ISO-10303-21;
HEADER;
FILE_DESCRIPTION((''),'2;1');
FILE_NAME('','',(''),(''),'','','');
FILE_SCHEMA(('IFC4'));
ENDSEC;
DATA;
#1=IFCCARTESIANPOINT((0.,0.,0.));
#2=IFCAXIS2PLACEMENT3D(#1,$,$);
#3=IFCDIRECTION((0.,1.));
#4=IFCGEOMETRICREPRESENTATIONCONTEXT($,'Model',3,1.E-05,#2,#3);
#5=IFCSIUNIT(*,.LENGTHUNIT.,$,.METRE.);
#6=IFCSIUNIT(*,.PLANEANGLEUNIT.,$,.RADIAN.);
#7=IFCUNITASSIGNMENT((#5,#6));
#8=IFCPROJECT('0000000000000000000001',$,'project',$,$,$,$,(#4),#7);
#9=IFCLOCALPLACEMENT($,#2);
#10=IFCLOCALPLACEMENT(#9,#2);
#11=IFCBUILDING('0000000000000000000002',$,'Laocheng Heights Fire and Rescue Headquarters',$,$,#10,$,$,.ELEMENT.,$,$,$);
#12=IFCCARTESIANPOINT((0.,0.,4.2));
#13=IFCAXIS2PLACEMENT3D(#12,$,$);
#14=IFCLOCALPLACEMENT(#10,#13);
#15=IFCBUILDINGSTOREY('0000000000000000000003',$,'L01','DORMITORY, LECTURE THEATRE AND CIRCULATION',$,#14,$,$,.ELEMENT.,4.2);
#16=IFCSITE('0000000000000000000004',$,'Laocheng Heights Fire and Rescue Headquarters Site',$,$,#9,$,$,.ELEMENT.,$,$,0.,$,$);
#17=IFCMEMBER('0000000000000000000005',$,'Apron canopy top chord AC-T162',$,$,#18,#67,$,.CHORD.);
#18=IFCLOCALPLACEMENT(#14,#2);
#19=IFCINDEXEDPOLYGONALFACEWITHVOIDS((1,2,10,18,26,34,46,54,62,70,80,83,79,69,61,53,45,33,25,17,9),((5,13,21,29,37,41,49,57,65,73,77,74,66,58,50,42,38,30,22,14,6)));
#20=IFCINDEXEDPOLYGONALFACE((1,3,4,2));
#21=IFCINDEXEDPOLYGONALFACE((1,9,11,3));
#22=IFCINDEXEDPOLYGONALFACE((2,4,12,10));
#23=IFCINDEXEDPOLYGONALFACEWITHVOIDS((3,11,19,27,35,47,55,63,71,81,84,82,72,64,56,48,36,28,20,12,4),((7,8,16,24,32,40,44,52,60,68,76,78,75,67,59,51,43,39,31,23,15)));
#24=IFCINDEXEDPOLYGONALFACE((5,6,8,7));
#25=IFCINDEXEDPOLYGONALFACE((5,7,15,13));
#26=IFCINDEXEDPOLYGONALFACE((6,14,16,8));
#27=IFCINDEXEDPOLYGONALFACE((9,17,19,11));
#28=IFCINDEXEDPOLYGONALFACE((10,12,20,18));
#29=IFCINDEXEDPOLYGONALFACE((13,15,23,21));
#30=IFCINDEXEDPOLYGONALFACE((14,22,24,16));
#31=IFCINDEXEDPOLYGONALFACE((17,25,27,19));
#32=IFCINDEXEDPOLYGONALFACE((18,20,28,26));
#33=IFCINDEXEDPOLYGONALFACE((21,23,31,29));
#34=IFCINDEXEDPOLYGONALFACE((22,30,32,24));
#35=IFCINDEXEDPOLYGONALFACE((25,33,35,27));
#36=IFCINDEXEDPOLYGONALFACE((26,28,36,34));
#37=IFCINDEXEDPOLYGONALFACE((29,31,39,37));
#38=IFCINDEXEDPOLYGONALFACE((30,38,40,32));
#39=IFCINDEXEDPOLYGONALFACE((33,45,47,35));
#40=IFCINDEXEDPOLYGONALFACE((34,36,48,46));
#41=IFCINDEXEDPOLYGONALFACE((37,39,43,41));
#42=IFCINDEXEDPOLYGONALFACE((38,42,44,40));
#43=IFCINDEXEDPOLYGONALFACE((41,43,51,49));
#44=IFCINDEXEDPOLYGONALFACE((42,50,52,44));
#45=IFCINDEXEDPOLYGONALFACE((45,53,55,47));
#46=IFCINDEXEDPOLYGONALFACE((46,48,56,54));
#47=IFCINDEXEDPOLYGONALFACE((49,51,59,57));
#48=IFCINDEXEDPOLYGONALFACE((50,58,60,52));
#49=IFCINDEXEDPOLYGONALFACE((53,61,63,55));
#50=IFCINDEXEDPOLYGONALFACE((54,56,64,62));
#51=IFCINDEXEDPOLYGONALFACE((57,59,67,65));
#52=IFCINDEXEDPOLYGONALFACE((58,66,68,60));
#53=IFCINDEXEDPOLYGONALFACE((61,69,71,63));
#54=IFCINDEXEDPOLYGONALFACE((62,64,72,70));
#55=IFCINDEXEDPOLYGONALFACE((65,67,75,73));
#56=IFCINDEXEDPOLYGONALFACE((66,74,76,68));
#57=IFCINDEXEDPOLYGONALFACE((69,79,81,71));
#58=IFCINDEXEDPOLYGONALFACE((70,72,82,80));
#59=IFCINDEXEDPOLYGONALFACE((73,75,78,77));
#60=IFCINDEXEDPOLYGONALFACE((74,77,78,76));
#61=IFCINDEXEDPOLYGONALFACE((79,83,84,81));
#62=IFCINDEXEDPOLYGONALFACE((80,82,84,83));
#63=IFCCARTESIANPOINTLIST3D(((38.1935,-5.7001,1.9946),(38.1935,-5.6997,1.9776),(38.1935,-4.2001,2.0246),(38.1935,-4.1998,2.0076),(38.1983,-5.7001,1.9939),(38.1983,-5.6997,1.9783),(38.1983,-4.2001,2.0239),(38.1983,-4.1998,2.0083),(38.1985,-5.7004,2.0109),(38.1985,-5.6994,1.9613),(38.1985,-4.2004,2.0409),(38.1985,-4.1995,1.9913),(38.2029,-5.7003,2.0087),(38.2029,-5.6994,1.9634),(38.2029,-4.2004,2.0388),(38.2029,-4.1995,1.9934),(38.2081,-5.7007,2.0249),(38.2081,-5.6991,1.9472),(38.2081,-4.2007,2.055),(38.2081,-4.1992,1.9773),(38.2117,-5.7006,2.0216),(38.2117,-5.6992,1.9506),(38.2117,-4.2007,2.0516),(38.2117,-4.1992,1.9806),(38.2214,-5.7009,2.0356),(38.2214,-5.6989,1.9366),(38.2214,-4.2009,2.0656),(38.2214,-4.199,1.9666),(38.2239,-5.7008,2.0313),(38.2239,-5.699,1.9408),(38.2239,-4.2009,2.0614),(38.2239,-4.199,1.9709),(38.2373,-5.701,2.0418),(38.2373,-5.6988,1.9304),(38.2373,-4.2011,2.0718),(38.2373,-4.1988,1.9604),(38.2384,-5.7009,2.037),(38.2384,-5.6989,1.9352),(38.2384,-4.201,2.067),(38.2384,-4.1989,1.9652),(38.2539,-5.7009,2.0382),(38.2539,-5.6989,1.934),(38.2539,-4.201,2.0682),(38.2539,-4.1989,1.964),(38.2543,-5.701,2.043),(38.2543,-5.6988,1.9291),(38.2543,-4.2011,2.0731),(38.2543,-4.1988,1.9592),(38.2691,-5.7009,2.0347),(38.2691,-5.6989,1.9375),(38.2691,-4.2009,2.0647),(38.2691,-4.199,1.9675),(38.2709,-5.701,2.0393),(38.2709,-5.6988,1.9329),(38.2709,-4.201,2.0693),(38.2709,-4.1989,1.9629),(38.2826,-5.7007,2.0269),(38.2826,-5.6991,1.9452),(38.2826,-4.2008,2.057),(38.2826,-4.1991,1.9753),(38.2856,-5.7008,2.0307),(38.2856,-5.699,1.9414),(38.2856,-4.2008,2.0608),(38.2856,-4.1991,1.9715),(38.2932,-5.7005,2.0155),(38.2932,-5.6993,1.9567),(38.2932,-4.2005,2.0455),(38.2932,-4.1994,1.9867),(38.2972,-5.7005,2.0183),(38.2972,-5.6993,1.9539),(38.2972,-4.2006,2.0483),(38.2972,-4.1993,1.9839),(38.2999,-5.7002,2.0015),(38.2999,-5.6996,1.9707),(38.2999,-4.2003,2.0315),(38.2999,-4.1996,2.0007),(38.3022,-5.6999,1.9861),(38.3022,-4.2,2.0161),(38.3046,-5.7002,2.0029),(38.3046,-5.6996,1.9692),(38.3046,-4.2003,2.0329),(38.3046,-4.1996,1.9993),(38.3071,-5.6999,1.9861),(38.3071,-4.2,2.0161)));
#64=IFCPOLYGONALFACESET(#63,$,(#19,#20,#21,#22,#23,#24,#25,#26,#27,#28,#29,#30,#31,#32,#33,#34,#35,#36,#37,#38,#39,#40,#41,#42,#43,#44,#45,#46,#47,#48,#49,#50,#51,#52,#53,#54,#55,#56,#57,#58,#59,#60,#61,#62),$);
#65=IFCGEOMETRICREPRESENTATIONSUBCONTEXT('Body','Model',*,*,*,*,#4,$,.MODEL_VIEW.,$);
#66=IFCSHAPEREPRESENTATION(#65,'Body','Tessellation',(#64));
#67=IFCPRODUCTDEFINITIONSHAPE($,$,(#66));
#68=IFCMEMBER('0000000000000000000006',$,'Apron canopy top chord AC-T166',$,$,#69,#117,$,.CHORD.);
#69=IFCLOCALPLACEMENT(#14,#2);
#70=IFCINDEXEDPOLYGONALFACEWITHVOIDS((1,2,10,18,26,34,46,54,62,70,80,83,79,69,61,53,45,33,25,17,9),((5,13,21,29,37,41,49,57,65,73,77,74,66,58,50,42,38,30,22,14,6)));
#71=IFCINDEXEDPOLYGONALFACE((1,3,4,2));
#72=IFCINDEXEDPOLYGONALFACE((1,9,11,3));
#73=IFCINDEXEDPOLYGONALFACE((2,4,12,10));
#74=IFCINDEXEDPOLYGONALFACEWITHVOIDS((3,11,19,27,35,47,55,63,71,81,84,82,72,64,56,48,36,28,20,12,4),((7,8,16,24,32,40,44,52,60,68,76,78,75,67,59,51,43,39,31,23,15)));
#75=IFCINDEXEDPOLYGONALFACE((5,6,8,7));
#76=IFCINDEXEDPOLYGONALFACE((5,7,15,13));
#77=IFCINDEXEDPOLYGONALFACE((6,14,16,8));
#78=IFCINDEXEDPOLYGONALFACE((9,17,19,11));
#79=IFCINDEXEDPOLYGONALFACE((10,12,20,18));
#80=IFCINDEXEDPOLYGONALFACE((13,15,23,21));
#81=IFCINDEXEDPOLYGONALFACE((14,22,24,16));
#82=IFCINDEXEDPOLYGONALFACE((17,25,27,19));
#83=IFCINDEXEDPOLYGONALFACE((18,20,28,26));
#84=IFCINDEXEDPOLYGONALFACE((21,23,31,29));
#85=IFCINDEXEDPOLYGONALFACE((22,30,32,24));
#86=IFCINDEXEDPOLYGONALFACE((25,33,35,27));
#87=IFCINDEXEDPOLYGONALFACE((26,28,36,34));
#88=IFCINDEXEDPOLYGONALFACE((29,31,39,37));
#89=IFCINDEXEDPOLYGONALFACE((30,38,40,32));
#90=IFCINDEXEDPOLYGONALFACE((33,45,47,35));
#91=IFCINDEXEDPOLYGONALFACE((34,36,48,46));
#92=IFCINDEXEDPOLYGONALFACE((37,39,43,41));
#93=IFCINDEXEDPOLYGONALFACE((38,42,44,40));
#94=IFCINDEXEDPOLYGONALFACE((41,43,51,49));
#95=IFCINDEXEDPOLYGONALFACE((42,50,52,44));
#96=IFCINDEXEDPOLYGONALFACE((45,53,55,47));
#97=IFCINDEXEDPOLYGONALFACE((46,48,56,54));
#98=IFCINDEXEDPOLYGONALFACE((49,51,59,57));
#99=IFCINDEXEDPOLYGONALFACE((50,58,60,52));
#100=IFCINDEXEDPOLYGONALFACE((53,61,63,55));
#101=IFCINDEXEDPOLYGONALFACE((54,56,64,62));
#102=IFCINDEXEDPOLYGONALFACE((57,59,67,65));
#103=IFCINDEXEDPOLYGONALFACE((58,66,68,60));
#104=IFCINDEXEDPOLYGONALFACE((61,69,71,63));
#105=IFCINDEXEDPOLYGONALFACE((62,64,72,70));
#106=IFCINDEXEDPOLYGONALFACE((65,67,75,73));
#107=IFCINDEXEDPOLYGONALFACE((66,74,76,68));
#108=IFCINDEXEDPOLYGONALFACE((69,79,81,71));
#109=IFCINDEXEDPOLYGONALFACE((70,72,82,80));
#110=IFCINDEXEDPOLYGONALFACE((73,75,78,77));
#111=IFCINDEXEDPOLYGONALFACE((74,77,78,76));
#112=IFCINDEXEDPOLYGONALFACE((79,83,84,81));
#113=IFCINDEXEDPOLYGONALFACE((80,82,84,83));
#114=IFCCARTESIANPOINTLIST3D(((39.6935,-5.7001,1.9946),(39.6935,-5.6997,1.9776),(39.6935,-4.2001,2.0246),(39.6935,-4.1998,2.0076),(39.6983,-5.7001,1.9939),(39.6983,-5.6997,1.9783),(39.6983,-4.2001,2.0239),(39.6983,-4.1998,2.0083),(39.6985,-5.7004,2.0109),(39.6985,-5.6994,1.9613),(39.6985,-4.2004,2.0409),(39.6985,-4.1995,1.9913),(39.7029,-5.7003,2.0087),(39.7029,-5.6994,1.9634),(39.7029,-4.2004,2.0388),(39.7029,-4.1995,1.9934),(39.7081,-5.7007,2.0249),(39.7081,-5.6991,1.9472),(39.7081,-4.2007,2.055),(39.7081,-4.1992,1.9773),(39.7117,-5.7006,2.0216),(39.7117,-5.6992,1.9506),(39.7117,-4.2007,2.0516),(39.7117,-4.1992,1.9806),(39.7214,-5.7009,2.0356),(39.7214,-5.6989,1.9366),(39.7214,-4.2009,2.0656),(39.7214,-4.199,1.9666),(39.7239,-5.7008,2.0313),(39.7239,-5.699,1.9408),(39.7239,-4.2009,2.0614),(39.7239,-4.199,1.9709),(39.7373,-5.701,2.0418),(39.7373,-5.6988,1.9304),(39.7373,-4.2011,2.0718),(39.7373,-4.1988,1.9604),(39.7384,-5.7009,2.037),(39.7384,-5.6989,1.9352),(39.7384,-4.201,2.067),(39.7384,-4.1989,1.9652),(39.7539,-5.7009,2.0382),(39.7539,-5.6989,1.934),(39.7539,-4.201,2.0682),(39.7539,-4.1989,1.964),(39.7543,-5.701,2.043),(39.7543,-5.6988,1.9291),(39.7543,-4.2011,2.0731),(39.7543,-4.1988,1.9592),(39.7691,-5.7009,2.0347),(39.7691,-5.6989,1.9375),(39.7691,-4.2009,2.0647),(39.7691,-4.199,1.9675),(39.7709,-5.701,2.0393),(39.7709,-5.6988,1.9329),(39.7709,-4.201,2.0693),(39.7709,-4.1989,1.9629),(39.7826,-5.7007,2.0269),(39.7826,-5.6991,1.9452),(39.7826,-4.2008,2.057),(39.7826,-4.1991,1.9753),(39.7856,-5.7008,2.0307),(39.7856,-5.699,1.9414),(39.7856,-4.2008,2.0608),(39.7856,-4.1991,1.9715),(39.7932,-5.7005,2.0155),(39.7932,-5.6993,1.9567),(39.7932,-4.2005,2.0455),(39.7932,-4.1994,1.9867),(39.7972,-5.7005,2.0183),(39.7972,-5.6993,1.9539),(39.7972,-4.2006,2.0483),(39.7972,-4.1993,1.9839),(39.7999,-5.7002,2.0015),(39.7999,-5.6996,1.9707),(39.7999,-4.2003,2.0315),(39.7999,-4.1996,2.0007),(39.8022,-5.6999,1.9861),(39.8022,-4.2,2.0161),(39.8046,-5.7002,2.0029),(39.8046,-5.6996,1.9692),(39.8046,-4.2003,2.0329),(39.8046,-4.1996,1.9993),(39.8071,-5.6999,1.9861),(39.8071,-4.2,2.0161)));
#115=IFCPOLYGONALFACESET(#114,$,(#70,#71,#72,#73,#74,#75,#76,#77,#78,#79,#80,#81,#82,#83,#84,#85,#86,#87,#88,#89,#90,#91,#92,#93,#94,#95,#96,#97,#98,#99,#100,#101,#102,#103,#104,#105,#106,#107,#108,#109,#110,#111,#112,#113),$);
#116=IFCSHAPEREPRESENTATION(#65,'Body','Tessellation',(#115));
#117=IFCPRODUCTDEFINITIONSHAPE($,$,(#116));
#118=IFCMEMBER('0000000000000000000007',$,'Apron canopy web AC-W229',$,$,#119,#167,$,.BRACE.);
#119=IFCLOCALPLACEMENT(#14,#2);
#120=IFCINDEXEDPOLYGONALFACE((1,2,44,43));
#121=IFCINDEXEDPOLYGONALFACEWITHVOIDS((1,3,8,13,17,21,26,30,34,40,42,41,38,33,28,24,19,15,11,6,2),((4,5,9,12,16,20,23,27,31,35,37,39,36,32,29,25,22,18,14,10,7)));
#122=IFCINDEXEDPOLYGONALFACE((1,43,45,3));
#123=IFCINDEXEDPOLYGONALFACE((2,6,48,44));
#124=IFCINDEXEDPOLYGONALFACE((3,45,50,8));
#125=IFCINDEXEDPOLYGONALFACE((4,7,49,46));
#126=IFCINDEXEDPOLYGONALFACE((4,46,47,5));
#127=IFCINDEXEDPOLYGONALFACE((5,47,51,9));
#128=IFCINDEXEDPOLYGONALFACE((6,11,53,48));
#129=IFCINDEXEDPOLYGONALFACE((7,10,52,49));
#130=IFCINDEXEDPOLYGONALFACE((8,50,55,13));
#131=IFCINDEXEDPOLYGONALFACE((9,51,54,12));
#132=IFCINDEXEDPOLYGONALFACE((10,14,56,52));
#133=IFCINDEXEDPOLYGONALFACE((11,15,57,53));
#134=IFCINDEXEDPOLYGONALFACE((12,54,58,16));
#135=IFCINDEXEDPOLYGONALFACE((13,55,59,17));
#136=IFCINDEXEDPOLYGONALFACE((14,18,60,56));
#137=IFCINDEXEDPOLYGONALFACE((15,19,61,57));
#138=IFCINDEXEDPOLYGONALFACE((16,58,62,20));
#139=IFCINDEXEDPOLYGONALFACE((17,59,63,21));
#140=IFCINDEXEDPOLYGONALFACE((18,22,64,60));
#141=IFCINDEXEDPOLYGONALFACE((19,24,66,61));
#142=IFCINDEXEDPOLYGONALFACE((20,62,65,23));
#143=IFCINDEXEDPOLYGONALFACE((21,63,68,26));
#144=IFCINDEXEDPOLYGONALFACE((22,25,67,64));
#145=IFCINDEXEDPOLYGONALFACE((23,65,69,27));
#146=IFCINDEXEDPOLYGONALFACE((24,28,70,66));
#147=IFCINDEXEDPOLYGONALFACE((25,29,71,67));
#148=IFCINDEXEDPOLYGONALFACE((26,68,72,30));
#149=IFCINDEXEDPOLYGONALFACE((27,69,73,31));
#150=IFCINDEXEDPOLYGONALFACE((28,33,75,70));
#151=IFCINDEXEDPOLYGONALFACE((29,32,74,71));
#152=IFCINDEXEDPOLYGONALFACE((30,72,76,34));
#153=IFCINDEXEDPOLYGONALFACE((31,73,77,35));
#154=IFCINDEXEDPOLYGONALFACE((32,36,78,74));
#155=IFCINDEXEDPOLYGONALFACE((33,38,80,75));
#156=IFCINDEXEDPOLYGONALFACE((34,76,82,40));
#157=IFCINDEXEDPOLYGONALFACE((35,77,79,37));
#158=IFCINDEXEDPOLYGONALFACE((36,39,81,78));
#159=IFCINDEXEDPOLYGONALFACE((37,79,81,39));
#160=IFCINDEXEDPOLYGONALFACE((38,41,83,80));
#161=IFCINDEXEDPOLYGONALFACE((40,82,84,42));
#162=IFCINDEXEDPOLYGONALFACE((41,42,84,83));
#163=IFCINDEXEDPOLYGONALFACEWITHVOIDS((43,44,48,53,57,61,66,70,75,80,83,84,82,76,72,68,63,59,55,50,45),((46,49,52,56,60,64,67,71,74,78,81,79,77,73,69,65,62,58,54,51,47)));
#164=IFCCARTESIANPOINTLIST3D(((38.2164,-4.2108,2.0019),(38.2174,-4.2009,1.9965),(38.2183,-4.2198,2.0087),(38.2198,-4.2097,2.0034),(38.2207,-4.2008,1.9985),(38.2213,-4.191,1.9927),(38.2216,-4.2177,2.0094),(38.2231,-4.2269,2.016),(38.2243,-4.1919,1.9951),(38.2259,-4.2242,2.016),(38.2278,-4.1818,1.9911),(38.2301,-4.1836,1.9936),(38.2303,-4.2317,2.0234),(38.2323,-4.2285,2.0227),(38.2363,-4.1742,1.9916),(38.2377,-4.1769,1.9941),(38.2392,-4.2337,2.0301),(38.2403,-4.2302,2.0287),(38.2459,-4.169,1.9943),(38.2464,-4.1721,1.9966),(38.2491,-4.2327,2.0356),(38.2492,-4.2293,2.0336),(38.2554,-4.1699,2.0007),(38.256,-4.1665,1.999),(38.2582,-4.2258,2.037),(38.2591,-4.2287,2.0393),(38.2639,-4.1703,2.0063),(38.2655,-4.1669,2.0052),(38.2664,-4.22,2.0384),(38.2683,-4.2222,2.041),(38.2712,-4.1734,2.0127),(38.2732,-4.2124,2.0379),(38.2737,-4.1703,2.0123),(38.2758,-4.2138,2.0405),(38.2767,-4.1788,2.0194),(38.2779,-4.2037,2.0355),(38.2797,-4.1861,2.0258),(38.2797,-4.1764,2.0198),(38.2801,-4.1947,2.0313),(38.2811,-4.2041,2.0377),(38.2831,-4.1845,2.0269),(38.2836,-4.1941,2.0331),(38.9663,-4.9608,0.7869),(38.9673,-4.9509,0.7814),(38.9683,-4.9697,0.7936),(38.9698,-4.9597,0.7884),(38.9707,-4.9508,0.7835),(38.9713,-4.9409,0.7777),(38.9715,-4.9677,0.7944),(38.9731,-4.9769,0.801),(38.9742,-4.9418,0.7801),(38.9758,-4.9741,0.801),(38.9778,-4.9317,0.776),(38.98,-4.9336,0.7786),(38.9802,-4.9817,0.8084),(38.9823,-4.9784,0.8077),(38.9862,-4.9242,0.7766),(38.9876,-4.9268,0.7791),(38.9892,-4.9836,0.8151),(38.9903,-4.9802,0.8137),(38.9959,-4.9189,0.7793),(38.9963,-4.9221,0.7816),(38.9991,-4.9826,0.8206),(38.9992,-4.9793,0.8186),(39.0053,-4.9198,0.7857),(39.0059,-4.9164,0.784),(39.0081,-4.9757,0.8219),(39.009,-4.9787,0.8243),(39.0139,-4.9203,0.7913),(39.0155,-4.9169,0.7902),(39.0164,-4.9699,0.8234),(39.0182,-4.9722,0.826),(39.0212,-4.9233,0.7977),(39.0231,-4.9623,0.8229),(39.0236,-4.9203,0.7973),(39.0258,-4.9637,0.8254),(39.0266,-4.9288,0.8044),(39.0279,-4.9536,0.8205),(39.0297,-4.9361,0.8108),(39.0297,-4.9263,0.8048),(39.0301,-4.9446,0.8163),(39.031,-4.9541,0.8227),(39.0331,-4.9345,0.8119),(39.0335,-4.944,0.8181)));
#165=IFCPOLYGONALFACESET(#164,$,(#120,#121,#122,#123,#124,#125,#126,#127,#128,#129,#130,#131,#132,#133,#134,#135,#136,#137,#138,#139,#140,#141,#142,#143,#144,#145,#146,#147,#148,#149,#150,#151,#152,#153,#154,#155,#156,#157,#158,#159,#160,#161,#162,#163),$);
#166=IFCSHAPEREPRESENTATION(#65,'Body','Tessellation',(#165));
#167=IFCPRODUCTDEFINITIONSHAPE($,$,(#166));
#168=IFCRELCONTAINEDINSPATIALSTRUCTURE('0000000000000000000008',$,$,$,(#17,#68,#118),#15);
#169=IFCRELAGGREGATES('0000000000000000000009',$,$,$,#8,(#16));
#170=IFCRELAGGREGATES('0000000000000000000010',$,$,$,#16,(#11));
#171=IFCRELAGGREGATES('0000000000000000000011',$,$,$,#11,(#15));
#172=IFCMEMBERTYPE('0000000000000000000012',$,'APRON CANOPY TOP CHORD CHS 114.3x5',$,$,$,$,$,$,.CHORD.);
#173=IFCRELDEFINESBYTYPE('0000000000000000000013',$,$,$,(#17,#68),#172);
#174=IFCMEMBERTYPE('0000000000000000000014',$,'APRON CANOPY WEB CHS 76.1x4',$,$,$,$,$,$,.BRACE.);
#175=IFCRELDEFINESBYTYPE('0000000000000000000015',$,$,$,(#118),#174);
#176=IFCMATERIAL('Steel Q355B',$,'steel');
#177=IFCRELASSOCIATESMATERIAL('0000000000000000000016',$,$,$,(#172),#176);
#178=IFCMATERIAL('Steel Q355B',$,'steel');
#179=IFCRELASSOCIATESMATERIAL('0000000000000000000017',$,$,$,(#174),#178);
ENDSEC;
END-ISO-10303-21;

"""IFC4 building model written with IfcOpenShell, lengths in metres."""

from ifc_helpers import new_model, si_unit, direction, frame, origin, origin_2d, place, context, subcontext, project, spatial, hollow_circle, extrude, material, material_profile, profile_set, type_object, element, save


model = new_model("IFC4")

# Units and contexts
model_context = context("Model", 3, precision=1e-05, world=origin(), true_north=direction((0.0, 1.0)))
body_context = subcontext(model_context, "Body", "Model", "MODEL_VIEW")
ifc_project = project(units=[si_unit("LENGTHUNIT", "METRE"), si_unit("PLANEANGLEUNIT", "RADIAN")], contexts=[model_context])

# Site, building, storey
site_placement = place(None, origin())
site = spatial("IfcSite", under=ifc_project, at=site_placement, Name="Laocheng Heights Fire and Rescue Headquarters Site", CompositionType="ELEMENT", RefElevation=0.0)
building_placement = place(site_placement, origin())
building = spatial("IfcBuilding", under=site, at=building_placement, Name="Laocheng Heights Fire and Rescue Headquarters", CompositionType="ELEMENT")
storey_placement = place(building_placement, frame((0.0, 0.0, 4.2)))
storey = spatial("IfcBuildingStorey", under=building, at=storey_placement, Name="L01", Description="DORMITORY, LECTURE THEATRE AND CIRCULATION", CompositionType="ELEMENT", Elevation=4.2)

# Members
ifc_material_1 = material(Name="Steel Q355B", Category="steel")
ifc_material_profile_1 = material_profile(ifc_material_1, hollow_circle(Radius=0.0571, WallThickness=0.0049, at=origin_2d()), Name="CHS 114.3x5")
ifc_profile_set_1 = profile_set([ifc_material_profile_1], Name="Steel Q355B")
member_type_1 = type_object("IfcMemberType", Name="APRON CANOPY TOP CHORD CHS 114.3x5", PredefinedType="CHORD", material=ifc_profile_set_1)
for number, where, z_axis, x_axis, name in (
    (1, (38.25, -4.2, 2.0161), (0.0, -0.9998, -0.020016), (1.0, 0.0, 0.0), "Apron canopy top chord AC-T162"),
    (2, (39.75, -4.2, 2.0161), (0.0, -0.9998, -0.020016), (1.0, 0.0, 0.0), "Apron canopy top chord AC-T166"),
):
    element("IfcMember", number, at=place(storey_placement, frame(where, z_axis=z_axis, x_axis=x_axis)), inside=storey, type_object=member_type_1, Name=name, PredefinedType="CHORD", context=body_context, shape_type="SweptSolid", body=[
        extrude(hollow_circle(Radius=0.0571, WallThickness=0.0049, at=origin_2d()), origin(), (0.0, 0.0, 1.0), 1.5002),
    ])
ifc_material_2 = material(Name="Steel Q355B", Category="steel")
ifc_material_profile_2 = material_profile(ifc_material_2, hollow_circle(Radius=0.0381, WallThickness=0.0039, at=origin_2d()), Name="CHS 76.1x4")
ifc_profile_set_2 = profile_set([ifc_material_profile_2], Name="Steel Q355B")
member_type_2 = type_object("IfcMemberType", Name="APRON CANOPY WEB CHS 76.1x4", PredefinedType="BRACE", material=ifc_profile_set_2)
for number, where, z_axis, x_axis, name in (
    (3, (39.0, -4.95, 0.801), (-0.465002, 0.465002, 0.753357), (-0.707107, -0.707107, 0.0), "Apron canopy web AC-W229"),
):
    element("IfcMember", number, at=place(storey_placement, frame(where, z_axis=z_axis, x_axis=x_axis)), inside=storey, type_object=member_type_2, Name=name, PredefinedType="BRACE", context=body_context, shape_type="SweptSolid", body=[
        extrude(hollow_circle(Radius=0.0381, WallThickness=0.0039, at=origin_2d()), origin(), (0.0, 0.0, 1.0), 1.6128),
    ])

save(model, "model.ifc")
